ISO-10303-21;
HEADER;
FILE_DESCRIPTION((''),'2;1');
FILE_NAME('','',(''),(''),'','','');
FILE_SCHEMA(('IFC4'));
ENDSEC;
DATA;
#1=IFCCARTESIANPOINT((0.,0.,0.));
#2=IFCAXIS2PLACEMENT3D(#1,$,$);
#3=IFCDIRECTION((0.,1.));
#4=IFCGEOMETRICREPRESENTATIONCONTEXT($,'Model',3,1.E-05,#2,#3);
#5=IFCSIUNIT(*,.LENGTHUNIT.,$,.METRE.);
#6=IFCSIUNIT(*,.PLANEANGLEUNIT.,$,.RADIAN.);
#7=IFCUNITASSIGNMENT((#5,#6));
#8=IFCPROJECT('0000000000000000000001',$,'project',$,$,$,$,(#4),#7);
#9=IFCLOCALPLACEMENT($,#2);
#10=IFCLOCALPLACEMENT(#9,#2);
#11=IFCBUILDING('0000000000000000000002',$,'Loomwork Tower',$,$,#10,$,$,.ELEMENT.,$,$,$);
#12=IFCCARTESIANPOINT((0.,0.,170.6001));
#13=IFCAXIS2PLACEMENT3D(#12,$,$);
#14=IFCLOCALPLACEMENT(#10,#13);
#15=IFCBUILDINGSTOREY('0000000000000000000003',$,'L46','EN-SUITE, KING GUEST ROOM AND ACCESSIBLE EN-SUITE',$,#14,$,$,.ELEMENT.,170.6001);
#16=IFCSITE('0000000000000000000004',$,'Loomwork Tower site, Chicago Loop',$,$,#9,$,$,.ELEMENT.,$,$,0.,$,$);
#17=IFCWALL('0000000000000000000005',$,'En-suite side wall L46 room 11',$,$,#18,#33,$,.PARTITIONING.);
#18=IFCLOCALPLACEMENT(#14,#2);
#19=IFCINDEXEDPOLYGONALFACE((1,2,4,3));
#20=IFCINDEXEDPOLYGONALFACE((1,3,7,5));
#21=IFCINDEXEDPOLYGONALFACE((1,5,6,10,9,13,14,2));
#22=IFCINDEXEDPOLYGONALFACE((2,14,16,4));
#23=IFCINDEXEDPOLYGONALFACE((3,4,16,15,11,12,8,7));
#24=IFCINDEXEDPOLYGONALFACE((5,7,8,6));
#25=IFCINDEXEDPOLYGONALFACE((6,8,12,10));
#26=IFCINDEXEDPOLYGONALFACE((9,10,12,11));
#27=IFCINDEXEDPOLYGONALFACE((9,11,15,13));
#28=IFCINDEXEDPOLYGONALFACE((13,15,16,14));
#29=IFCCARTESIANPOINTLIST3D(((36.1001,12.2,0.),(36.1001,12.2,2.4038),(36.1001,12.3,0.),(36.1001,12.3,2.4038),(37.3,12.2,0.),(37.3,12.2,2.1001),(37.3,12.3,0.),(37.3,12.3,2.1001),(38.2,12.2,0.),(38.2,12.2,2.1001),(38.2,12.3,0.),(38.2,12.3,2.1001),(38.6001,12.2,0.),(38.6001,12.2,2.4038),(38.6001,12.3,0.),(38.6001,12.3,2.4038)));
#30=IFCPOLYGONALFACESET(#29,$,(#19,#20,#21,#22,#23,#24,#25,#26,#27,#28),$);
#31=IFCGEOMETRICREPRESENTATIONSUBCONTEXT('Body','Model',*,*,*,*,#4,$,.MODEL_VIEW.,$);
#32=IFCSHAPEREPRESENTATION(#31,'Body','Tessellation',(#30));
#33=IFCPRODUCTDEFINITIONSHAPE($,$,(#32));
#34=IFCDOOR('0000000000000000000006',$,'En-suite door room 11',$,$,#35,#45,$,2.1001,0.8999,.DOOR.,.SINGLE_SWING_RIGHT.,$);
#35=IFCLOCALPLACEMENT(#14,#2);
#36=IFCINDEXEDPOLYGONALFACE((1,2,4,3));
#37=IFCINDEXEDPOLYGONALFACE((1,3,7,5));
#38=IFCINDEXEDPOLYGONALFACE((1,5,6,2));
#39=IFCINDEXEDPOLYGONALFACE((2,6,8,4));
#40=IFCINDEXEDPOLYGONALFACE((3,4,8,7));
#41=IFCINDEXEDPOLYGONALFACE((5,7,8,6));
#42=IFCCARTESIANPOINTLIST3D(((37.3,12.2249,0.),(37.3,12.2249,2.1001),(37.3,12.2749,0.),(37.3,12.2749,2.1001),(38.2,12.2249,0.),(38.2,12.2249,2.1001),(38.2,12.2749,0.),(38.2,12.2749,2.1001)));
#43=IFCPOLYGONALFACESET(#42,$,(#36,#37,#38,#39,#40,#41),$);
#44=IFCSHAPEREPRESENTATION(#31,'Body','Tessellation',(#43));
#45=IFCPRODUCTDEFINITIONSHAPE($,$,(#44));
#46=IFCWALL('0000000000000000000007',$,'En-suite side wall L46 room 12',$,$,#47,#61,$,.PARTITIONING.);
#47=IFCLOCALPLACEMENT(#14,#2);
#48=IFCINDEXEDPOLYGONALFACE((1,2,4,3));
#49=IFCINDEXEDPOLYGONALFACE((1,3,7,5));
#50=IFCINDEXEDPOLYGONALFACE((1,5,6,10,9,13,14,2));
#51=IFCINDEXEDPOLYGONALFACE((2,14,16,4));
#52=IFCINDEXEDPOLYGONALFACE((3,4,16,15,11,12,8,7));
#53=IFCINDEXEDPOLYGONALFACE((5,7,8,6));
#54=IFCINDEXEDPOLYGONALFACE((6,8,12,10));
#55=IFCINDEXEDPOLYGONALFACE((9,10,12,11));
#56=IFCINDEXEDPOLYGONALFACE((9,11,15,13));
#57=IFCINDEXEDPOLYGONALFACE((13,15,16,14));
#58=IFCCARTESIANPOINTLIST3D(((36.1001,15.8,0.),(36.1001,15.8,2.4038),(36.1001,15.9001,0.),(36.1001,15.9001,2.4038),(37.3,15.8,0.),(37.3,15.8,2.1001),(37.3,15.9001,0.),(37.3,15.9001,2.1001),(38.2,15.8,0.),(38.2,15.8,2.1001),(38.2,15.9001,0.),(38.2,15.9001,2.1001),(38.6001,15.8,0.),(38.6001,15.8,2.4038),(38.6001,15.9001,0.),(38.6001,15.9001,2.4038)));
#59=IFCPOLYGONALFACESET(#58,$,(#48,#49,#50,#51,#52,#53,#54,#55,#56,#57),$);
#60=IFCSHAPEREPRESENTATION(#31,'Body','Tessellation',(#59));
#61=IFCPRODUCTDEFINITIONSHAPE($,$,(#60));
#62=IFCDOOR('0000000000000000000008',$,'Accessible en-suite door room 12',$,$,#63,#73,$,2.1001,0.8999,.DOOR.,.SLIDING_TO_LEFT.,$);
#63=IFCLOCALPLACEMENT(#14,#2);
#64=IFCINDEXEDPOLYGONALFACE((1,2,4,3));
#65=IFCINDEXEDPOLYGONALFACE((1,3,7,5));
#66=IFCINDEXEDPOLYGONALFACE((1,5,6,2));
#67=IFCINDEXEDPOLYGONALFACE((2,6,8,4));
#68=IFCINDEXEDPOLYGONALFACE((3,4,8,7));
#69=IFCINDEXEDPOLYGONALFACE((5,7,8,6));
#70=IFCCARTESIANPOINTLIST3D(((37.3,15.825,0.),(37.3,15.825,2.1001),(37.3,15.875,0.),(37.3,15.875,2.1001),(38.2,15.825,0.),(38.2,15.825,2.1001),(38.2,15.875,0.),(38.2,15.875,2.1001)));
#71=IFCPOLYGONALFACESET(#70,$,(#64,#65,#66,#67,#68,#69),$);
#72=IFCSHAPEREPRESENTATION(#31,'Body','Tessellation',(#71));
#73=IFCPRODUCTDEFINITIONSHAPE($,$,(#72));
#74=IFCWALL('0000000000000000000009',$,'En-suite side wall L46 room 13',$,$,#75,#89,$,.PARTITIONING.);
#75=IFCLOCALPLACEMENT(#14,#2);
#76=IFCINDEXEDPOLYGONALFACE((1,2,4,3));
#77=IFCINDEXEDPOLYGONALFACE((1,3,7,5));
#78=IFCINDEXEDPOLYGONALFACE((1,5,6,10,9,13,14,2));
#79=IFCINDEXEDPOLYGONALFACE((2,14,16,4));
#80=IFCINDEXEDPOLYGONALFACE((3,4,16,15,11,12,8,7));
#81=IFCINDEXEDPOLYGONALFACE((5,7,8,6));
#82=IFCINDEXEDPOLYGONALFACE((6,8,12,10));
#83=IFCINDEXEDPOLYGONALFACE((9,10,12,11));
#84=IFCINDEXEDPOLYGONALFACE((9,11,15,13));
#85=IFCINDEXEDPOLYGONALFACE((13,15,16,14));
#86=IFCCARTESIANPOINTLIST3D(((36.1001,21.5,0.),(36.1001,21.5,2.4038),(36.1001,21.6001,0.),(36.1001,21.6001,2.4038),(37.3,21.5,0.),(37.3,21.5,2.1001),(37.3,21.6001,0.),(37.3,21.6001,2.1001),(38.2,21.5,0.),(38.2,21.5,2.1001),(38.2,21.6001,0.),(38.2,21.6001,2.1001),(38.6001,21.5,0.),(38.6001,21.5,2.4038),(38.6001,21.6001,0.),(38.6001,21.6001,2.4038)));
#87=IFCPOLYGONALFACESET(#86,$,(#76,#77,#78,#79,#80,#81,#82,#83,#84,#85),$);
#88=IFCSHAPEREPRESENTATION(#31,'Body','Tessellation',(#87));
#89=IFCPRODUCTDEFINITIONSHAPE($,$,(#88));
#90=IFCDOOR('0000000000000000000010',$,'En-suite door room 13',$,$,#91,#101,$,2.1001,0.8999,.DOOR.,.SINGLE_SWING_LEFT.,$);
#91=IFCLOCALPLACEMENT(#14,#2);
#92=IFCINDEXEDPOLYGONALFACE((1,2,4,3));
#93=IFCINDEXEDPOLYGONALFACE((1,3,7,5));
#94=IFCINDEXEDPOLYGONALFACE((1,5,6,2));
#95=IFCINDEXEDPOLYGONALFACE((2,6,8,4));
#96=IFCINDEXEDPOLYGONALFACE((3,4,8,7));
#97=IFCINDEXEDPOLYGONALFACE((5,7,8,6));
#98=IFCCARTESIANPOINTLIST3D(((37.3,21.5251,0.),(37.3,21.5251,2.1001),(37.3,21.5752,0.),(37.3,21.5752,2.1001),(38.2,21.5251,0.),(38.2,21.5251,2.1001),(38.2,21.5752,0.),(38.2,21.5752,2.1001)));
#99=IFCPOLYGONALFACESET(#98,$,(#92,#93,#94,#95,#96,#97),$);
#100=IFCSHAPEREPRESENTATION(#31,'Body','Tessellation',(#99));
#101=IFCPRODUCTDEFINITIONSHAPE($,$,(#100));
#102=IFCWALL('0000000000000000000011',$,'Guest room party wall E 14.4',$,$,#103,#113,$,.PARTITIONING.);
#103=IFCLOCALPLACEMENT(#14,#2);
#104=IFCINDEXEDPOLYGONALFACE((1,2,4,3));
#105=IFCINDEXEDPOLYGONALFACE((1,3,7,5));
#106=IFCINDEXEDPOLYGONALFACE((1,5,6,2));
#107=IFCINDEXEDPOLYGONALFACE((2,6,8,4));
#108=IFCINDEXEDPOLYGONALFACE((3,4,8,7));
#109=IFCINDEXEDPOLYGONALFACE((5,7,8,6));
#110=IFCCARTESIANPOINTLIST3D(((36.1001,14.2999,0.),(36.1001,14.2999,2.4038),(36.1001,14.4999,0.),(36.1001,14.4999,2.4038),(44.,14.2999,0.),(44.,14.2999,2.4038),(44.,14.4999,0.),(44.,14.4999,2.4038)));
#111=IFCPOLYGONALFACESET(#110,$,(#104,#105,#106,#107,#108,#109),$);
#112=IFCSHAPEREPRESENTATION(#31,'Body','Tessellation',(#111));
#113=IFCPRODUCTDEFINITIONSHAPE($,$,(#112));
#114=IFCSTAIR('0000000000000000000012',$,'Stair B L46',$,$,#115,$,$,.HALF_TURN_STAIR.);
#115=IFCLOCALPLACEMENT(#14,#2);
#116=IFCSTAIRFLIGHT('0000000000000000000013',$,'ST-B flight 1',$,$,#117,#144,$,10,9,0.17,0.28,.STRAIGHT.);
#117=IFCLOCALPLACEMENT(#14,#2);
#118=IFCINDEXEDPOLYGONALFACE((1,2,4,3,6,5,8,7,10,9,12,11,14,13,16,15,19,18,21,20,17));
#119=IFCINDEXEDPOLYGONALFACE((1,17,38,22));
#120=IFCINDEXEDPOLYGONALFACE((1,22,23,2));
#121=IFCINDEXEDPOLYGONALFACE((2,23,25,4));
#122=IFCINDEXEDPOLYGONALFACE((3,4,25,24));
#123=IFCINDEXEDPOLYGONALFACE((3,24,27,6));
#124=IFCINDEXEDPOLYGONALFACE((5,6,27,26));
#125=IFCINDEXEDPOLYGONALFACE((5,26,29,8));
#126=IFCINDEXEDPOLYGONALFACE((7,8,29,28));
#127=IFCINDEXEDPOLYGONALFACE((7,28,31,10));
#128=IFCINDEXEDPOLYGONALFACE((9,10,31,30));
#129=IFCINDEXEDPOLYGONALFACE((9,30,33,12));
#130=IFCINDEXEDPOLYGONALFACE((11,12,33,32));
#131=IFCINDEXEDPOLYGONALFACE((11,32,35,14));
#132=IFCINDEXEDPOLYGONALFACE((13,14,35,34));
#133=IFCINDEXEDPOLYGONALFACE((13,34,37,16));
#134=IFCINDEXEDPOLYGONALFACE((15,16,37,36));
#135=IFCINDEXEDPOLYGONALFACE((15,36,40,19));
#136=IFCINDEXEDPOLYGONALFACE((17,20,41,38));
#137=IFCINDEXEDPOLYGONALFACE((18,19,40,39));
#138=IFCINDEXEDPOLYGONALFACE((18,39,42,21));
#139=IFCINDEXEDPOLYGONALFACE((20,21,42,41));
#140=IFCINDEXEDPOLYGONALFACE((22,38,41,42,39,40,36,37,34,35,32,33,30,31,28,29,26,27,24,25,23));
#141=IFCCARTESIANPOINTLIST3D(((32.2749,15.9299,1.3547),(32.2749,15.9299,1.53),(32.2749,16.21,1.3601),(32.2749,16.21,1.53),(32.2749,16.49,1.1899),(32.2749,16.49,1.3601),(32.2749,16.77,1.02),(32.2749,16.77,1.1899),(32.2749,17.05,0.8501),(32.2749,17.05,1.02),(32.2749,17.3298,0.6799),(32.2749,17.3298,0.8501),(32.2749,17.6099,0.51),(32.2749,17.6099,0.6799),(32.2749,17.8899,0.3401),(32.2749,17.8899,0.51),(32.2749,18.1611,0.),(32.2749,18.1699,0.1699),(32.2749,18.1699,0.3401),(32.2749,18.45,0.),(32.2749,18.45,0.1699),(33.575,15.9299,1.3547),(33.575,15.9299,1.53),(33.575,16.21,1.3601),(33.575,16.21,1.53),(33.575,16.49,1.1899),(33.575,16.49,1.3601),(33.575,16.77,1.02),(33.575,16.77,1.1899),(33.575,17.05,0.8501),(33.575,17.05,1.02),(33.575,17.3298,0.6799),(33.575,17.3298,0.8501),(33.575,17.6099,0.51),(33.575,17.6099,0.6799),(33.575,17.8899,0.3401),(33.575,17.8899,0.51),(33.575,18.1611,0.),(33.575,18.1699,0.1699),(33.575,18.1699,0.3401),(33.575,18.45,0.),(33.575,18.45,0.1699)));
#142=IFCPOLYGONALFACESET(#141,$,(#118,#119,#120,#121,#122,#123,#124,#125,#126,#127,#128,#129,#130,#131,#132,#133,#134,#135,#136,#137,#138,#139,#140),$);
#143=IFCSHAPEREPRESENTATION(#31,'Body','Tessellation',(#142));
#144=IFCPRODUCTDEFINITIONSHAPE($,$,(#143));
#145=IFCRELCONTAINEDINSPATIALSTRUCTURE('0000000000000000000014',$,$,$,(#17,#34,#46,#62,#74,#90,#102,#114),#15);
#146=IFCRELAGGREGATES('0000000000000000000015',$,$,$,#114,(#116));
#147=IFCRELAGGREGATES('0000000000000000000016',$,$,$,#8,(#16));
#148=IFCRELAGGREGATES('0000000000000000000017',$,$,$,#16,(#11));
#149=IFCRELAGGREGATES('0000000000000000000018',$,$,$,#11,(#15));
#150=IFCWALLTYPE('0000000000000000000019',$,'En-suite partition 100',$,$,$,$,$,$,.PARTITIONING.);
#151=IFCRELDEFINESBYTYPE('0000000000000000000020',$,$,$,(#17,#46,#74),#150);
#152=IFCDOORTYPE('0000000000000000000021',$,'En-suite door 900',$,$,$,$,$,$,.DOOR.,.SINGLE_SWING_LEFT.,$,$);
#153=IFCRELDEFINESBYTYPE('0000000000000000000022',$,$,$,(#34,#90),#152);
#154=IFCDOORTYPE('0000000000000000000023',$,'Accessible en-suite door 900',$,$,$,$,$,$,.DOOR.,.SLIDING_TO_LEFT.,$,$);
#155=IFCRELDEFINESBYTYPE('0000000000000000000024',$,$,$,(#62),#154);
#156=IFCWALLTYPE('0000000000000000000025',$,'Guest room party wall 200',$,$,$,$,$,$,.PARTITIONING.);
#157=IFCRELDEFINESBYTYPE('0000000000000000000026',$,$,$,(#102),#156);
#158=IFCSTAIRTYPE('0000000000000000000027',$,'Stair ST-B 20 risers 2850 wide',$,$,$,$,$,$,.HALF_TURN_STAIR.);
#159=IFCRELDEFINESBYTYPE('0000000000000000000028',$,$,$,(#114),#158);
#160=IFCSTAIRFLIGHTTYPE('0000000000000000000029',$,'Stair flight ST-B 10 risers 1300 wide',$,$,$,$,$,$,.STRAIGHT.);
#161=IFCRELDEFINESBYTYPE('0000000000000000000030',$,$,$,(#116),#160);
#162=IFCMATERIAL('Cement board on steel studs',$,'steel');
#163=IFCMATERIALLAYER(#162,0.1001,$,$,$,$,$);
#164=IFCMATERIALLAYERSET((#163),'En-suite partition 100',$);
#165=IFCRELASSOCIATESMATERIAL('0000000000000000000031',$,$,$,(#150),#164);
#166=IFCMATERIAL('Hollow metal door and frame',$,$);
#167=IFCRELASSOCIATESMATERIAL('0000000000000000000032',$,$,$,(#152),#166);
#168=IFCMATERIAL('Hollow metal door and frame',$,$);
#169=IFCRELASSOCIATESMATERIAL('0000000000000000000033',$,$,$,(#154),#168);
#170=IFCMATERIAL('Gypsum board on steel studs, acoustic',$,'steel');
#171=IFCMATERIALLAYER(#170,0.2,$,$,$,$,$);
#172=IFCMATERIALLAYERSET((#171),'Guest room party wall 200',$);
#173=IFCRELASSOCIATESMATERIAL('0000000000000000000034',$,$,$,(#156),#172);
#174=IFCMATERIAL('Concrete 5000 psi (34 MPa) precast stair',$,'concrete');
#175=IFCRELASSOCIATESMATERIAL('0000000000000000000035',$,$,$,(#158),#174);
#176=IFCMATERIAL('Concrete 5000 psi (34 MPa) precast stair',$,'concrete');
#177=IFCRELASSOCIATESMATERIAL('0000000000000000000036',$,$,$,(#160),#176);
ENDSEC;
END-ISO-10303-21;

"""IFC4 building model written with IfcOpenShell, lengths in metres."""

from ifc_helpers import new_model, si_unit, direction, frame, frame_2d, origin, place, context, subcontext, project, spatial, polyline, rectangle, outline, extrude, material, layer, layer_set, type_object, element, fill, aggregate, save


model = new_model("IFC4")

# Units and contexts
model_context = context("Model", 3, precision=1e-05, world=origin(), true_north=direction((0.0, 1.0)))
body_context = subcontext(model_context, "Body", "Model", "MODEL_VIEW")
ifc_project = project(units=[si_unit("LENGTHUNIT", "METRE"), si_unit("PLANEANGLEUNIT", "RADIAN")], contexts=[model_context])

# Site, building, storey
site_placement = place(None, origin())
site = spatial("IfcSite", under=ifc_project, at=site_placement, Name="Loomwork Tower site, Chicago Loop", CompositionType="ELEMENT", RefElevation=0.0)
building_placement = place(site_placement, origin())
building = spatial("IfcBuilding", under=site, at=building_placement, Name="Loomwork Tower", CompositionType="ELEMENT")
storey_placement = place(building_placement, frame((0.0, 0.0, 170.6001)))
storey = spatial("IfcBuildingStorey", under=building, at=storey_placement, Name="L46", Description="EN-SUITE, KING GUEST ROOM AND ACCESSIBLE EN-SUITE", CompositionType="ELEMENT", Elevation=170.6001)

# Walls, openings, doors
ifc_material_1 = material(Name="Cement board on steel studs", Category="steel")
ifc_layer_1 = layer(ifc_material_1, 0.1001)
ifc_layer_set_1 = layer_set([ifc_layer_1], Name="En-suite partition 100")
wall_type_1 = type_object("IfcWallType", Name="En-suite partition 100", PredefinedType="PARTITIONING", material=ifc_layer_set_1)
wall_1_placement = place(storey_placement, frame((36.1001, 12.25, 0.0), z_axis=(0.0, 0.0, 1.0), x_axis=(1.0, 0.0, 0.0)))
wall_1 = element("IfcWall", 1, at=wall_1_placement, inside=storey, type_object=wall_type_1, Name="En-suite side wall L46 room 11", PredefinedType="PARTITIONING", context=body_context, shape_type="SweptSolid", body=[
    extrude(rectangle(XDim=2.5, YDim=0.1001, at=frame_2d((1.25, 0.0))), origin(), (0.0, 0.0, 1.0), 2.4038),
])
opening_1_placement = place(wall_1_placement, frame((1.2, 0.0, 0.0)))
opening_1 = element("IfcOpeningElement", 2, at=opening_1_placement, cuts=wall_1, PredefinedType="OPENING", context=body_context, shape_type="SweptSolid", body=[
    extrude(rectangle(XDim=0.8999, YDim=2.1001, at=frame_2d((0.45, 1.05))), frame((0.0, 0.0601, 0.0), z_axis=(0.0, -1.0, 0.0), x_axis=(1.0, 0.0, 0.0)), (0.0, 0.0, 1.0), 0.1201),
])
ifc_material_2 = material(Name="Hollow metal door and frame")
door_type_1 = type_object("IfcDoorType", Name="En-suite door 900", OperationType="SINGLE_SWING_LEFT", PredefinedType="DOOR", material=ifc_material_2)
door_1_placement = place(opening_1_placement, origin())
door_1 = element("IfcDoor", 3, at=door_1_placement, inside=storey, type_object=door_type_1, Name="En-suite door room 11", OperationType="SINGLE_SWING_RIGHT", OverallHeight=2.1001, OverallWidth=0.8999, PredefinedType="DOOR", context=body_context, shape_type="SweptSolid", body=[
    extrude(rectangle(XDim=0.8999, YDim=2.1001, at=frame_2d((0.45, 1.05))), frame((0.0, 0.0249, 0.0), z_axis=(0.0, -1.0, 0.0), x_axis=(1.0, 0.0, 0.0)), (0.0, 0.0, 1.0), 0.05),
])
fill(opening_1, door_1)
wall_2_placement = place(storey_placement, frame((36.1001, 15.8501, 0.0), z_axis=(0.0, 0.0, 1.0), x_axis=(1.0, 0.0, 0.0)))
wall_2 = element("IfcWall", 4, at=wall_2_placement, inside=storey, type_object=wall_type_1, Name="En-suite side wall L46 room 12", PredefinedType="PARTITIONING", context=body_context, shape_type="SweptSolid", body=[
    extrude(rectangle(XDim=2.5, YDim=0.1001, at=frame_2d((1.25, 0.0))), origin(), (0.0, 0.0, 1.0), 2.4038),
])
opening_2_placement = place(wall_2_placement, frame((1.2, 0.0, 0.0)))
opening_2 = element("IfcOpeningElement", 5, at=opening_2_placement, cuts=wall_2, PredefinedType="OPENING", context=body_context, shape_type="SweptSolid", body=[
    extrude(rectangle(XDim=0.8999, YDim=2.1001, at=frame_2d((0.45, 1.05))), frame((0.0, 0.0601, 0.0), z_axis=(0.0, -1.0, 0.0), x_axis=(1.0, 0.0, 0.0)), (0.0, 0.0, 1.0), 0.1201),
])
ifc_material_3 = material(Name="Hollow metal door and frame")
door_type_2 = type_object("IfcDoorType", Name="Accessible en-suite door 900", OperationType="SLIDING_TO_LEFT", PredefinedType="DOOR", material=ifc_material_3)
door_2_placement = place(opening_2_placement, origin())
door_2 = element("IfcDoor", 6, at=door_2_placement, inside=storey, type_object=door_type_2, Name="Accessible en-suite door room 12", OperationType="SLIDING_TO_LEFT", OverallHeight=2.1001, OverallWidth=0.8999, PredefinedType="DOOR", context=body_context, shape_type="SweptSolid", body=[
    extrude(rectangle(XDim=0.8999, YDim=2.1001, at=frame_2d((0.45, 1.05))), frame((0.0, 0.0249, 0.0), z_axis=(0.0, -1.0, 0.0), x_axis=(1.0, 0.0, 0.0)), (0.0, 0.0, 1.0), 0.05),
])
fill(opening_2, door_2)
wall_3_placement = place(storey_placement, frame((36.1001, 21.55, 0.0), z_axis=(0.0, 0.0, 1.0), x_axis=(1.0, 0.0, 0.0)))
wall_3 = element("IfcWall", 7, at=wall_3_placement, inside=storey, type_object=wall_type_1, Name="En-suite side wall L46 room 13", PredefinedType="PARTITIONING", context=body_context, shape_type="SweptSolid", body=[
    extrude(rectangle(XDim=2.5, YDim=0.1001, at=frame_2d((1.25, 0.0))), origin(), (0.0, 0.0, 1.0), 2.4038),
])
opening_3_placement = place(wall_3_placement, frame((1.2, 0.0, 0.0)))
opening_3 = element("IfcOpeningElement", 8, at=opening_3_placement, cuts=wall_3, PredefinedType="OPENING", context=body_context, shape_type="SweptSolid", body=[
    extrude(rectangle(XDim=0.8999, YDim=2.1001, at=frame_2d((0.45, 1.05))), frame((0.0, 0.0601, 0.0), z_axis=(0.0, -1.0, 0.0), x_axis=(1.0, 0.0, 0.0)), (0.0, 0.0, 1.0), 0.1201),
])
door_3_placement = place(opening_3_placement, frame((0.8999, 0.0, 0.0), z_axis=(0.0, 0.0, 1.0), x_axis=(-1.0, 0.0, 0.0)))
door_3 = element("IfcDoor", 9, at=door_3_placement, inside=storey, type_object=door_type_1, Name="En-suite door room 13", OperationType="SINGLE_SWING_LEFT", OverallHeight=2.1001, OverallWidth=0.8999, PredefinedType="DOOR", context=body_context, shape_type="SweptSolid", body=[
    extrude(rectangle(XDim=0.8999, YDim=2.1001, at=frame_2d((0.45, 1.05))), frame((0.0, 0.0249, 0.0), z_axis=(0.0, -1.0, 0.0), x_axis=(1.0, 0.0, 0.0)), (0.0, 0.0, 1.0), 0.05),
])
fill(opening_3, door_3)

# Wall
ifc_material_4 = material(Name="Gypsum board on steel studs, acoustic", Category="steel")
ifc_layer_2 = layer(ifc_material_4, 0.2)
ifc_layer_set_2 = layer_set([ifc_layer_2], Name="Guest room party wall 200")
wall_type_2 = type_object("IfcWallType", Name="Guest room party wall 200", PredefinedType="PARTITIONING", material=ifc_layer_set_2)
wall_4_placement = place(storey_placement, frame((36.1001, 14.3999, 0.0), z_axis=(0.0, 0.0, 1.0), x_axis=(1.0, 0.0, 0.0)))
element("IfcWall", 10, at=wall_4_placement, inside=storey, type_object=wall_type_2, Name="Guest room party wall E 14.4", PredefinedType="PARTITIONING", context=body_context, shape_type="SweptSolid", body=[
    extrude(rectangle(XDim=7.8999, YDim=0.2, at=frame_2d((3.95, 0.0))), origin(), (0.0, 0.0, 1.0), 2.4038),
])

# Stair, stair flight
ifc_material_5 = material(Name="Concrete 5000 psi (34 MPa) precast stair", Category="concrete")
stair_type = type_object("IfcStairType", Name="Stair ST-B 20 risers 2850 wide", PredefinedType="HALF_TURN_STAIR", material=ifc_material_5)
stair_placement = place(storey_placement, origin())
stair = element("IfcStair", 11, at=stair_placement, inside=storey, type_object=stair_type, Name="Stair B L46", PredefinedType="HALF_TURN_STAIR")
ifc_material_6 = material(Name="Concrete 5000 psi (34 MPa) precast stair", Category="concrete")
stair_flight_type = type_object("IfcStairFlightType", Name="Stair flight ST-B 10 risers 1300 wide", PredefinedType="STRAIGHT", material=ifc_material_6)
stair_flight_placement = place(storey_placement, frame((32.925, 18.45, 0.0), z_axis=(0.0, 0.0, 1.0), x_axis=(0.0, -1.0, 0.0)))
stair_flight = element("IfcStairFlight", 12, at=stair_flight_placement, type_object=stair_flight_type, Name="ST-B flight 1", NumberOfRisers=10, NumberOfTreads=9, PredefinedType="STRAIGHT", RiserHeight=0.17, TreadLength=0.28, context=body_context, shape_type="SweptSolid", body=[
    extrude(outline(polyline([(0.0, 0.0), (0.0, 0.1699), (0.28, 0.1699), (0.28, 0.3401), (0.5601, 0.3401), (0.5601, 0.51), (0.8401, 0.51), (0.8401, 0.6799), (1.1201, 0.6799), (1.1201, 0.8501), (1.3999, 0.8501), (1.3999, 1.02), (1.6799, 1.02), (1.6799, 1.1899), (1.96, 1.1899), (1.96, 1.3601), (2.24, 1.3601), (2.24, 1.53), (2.52, 1.53), (2.52, 1.7), (2.52, 1.3547), (0.2888, 0.0), (0.0, 0.0)])), frame((0.0, 0.6499, 0.0), z_axis=(0.0, -1.0, 0.0), x_axis=(1.0, 0.0, 0.0)), (0.0, 0.0, 1.0), 1.3),
])
aggregate(stair, [stair_flight])

save(model, "model.ifc")
